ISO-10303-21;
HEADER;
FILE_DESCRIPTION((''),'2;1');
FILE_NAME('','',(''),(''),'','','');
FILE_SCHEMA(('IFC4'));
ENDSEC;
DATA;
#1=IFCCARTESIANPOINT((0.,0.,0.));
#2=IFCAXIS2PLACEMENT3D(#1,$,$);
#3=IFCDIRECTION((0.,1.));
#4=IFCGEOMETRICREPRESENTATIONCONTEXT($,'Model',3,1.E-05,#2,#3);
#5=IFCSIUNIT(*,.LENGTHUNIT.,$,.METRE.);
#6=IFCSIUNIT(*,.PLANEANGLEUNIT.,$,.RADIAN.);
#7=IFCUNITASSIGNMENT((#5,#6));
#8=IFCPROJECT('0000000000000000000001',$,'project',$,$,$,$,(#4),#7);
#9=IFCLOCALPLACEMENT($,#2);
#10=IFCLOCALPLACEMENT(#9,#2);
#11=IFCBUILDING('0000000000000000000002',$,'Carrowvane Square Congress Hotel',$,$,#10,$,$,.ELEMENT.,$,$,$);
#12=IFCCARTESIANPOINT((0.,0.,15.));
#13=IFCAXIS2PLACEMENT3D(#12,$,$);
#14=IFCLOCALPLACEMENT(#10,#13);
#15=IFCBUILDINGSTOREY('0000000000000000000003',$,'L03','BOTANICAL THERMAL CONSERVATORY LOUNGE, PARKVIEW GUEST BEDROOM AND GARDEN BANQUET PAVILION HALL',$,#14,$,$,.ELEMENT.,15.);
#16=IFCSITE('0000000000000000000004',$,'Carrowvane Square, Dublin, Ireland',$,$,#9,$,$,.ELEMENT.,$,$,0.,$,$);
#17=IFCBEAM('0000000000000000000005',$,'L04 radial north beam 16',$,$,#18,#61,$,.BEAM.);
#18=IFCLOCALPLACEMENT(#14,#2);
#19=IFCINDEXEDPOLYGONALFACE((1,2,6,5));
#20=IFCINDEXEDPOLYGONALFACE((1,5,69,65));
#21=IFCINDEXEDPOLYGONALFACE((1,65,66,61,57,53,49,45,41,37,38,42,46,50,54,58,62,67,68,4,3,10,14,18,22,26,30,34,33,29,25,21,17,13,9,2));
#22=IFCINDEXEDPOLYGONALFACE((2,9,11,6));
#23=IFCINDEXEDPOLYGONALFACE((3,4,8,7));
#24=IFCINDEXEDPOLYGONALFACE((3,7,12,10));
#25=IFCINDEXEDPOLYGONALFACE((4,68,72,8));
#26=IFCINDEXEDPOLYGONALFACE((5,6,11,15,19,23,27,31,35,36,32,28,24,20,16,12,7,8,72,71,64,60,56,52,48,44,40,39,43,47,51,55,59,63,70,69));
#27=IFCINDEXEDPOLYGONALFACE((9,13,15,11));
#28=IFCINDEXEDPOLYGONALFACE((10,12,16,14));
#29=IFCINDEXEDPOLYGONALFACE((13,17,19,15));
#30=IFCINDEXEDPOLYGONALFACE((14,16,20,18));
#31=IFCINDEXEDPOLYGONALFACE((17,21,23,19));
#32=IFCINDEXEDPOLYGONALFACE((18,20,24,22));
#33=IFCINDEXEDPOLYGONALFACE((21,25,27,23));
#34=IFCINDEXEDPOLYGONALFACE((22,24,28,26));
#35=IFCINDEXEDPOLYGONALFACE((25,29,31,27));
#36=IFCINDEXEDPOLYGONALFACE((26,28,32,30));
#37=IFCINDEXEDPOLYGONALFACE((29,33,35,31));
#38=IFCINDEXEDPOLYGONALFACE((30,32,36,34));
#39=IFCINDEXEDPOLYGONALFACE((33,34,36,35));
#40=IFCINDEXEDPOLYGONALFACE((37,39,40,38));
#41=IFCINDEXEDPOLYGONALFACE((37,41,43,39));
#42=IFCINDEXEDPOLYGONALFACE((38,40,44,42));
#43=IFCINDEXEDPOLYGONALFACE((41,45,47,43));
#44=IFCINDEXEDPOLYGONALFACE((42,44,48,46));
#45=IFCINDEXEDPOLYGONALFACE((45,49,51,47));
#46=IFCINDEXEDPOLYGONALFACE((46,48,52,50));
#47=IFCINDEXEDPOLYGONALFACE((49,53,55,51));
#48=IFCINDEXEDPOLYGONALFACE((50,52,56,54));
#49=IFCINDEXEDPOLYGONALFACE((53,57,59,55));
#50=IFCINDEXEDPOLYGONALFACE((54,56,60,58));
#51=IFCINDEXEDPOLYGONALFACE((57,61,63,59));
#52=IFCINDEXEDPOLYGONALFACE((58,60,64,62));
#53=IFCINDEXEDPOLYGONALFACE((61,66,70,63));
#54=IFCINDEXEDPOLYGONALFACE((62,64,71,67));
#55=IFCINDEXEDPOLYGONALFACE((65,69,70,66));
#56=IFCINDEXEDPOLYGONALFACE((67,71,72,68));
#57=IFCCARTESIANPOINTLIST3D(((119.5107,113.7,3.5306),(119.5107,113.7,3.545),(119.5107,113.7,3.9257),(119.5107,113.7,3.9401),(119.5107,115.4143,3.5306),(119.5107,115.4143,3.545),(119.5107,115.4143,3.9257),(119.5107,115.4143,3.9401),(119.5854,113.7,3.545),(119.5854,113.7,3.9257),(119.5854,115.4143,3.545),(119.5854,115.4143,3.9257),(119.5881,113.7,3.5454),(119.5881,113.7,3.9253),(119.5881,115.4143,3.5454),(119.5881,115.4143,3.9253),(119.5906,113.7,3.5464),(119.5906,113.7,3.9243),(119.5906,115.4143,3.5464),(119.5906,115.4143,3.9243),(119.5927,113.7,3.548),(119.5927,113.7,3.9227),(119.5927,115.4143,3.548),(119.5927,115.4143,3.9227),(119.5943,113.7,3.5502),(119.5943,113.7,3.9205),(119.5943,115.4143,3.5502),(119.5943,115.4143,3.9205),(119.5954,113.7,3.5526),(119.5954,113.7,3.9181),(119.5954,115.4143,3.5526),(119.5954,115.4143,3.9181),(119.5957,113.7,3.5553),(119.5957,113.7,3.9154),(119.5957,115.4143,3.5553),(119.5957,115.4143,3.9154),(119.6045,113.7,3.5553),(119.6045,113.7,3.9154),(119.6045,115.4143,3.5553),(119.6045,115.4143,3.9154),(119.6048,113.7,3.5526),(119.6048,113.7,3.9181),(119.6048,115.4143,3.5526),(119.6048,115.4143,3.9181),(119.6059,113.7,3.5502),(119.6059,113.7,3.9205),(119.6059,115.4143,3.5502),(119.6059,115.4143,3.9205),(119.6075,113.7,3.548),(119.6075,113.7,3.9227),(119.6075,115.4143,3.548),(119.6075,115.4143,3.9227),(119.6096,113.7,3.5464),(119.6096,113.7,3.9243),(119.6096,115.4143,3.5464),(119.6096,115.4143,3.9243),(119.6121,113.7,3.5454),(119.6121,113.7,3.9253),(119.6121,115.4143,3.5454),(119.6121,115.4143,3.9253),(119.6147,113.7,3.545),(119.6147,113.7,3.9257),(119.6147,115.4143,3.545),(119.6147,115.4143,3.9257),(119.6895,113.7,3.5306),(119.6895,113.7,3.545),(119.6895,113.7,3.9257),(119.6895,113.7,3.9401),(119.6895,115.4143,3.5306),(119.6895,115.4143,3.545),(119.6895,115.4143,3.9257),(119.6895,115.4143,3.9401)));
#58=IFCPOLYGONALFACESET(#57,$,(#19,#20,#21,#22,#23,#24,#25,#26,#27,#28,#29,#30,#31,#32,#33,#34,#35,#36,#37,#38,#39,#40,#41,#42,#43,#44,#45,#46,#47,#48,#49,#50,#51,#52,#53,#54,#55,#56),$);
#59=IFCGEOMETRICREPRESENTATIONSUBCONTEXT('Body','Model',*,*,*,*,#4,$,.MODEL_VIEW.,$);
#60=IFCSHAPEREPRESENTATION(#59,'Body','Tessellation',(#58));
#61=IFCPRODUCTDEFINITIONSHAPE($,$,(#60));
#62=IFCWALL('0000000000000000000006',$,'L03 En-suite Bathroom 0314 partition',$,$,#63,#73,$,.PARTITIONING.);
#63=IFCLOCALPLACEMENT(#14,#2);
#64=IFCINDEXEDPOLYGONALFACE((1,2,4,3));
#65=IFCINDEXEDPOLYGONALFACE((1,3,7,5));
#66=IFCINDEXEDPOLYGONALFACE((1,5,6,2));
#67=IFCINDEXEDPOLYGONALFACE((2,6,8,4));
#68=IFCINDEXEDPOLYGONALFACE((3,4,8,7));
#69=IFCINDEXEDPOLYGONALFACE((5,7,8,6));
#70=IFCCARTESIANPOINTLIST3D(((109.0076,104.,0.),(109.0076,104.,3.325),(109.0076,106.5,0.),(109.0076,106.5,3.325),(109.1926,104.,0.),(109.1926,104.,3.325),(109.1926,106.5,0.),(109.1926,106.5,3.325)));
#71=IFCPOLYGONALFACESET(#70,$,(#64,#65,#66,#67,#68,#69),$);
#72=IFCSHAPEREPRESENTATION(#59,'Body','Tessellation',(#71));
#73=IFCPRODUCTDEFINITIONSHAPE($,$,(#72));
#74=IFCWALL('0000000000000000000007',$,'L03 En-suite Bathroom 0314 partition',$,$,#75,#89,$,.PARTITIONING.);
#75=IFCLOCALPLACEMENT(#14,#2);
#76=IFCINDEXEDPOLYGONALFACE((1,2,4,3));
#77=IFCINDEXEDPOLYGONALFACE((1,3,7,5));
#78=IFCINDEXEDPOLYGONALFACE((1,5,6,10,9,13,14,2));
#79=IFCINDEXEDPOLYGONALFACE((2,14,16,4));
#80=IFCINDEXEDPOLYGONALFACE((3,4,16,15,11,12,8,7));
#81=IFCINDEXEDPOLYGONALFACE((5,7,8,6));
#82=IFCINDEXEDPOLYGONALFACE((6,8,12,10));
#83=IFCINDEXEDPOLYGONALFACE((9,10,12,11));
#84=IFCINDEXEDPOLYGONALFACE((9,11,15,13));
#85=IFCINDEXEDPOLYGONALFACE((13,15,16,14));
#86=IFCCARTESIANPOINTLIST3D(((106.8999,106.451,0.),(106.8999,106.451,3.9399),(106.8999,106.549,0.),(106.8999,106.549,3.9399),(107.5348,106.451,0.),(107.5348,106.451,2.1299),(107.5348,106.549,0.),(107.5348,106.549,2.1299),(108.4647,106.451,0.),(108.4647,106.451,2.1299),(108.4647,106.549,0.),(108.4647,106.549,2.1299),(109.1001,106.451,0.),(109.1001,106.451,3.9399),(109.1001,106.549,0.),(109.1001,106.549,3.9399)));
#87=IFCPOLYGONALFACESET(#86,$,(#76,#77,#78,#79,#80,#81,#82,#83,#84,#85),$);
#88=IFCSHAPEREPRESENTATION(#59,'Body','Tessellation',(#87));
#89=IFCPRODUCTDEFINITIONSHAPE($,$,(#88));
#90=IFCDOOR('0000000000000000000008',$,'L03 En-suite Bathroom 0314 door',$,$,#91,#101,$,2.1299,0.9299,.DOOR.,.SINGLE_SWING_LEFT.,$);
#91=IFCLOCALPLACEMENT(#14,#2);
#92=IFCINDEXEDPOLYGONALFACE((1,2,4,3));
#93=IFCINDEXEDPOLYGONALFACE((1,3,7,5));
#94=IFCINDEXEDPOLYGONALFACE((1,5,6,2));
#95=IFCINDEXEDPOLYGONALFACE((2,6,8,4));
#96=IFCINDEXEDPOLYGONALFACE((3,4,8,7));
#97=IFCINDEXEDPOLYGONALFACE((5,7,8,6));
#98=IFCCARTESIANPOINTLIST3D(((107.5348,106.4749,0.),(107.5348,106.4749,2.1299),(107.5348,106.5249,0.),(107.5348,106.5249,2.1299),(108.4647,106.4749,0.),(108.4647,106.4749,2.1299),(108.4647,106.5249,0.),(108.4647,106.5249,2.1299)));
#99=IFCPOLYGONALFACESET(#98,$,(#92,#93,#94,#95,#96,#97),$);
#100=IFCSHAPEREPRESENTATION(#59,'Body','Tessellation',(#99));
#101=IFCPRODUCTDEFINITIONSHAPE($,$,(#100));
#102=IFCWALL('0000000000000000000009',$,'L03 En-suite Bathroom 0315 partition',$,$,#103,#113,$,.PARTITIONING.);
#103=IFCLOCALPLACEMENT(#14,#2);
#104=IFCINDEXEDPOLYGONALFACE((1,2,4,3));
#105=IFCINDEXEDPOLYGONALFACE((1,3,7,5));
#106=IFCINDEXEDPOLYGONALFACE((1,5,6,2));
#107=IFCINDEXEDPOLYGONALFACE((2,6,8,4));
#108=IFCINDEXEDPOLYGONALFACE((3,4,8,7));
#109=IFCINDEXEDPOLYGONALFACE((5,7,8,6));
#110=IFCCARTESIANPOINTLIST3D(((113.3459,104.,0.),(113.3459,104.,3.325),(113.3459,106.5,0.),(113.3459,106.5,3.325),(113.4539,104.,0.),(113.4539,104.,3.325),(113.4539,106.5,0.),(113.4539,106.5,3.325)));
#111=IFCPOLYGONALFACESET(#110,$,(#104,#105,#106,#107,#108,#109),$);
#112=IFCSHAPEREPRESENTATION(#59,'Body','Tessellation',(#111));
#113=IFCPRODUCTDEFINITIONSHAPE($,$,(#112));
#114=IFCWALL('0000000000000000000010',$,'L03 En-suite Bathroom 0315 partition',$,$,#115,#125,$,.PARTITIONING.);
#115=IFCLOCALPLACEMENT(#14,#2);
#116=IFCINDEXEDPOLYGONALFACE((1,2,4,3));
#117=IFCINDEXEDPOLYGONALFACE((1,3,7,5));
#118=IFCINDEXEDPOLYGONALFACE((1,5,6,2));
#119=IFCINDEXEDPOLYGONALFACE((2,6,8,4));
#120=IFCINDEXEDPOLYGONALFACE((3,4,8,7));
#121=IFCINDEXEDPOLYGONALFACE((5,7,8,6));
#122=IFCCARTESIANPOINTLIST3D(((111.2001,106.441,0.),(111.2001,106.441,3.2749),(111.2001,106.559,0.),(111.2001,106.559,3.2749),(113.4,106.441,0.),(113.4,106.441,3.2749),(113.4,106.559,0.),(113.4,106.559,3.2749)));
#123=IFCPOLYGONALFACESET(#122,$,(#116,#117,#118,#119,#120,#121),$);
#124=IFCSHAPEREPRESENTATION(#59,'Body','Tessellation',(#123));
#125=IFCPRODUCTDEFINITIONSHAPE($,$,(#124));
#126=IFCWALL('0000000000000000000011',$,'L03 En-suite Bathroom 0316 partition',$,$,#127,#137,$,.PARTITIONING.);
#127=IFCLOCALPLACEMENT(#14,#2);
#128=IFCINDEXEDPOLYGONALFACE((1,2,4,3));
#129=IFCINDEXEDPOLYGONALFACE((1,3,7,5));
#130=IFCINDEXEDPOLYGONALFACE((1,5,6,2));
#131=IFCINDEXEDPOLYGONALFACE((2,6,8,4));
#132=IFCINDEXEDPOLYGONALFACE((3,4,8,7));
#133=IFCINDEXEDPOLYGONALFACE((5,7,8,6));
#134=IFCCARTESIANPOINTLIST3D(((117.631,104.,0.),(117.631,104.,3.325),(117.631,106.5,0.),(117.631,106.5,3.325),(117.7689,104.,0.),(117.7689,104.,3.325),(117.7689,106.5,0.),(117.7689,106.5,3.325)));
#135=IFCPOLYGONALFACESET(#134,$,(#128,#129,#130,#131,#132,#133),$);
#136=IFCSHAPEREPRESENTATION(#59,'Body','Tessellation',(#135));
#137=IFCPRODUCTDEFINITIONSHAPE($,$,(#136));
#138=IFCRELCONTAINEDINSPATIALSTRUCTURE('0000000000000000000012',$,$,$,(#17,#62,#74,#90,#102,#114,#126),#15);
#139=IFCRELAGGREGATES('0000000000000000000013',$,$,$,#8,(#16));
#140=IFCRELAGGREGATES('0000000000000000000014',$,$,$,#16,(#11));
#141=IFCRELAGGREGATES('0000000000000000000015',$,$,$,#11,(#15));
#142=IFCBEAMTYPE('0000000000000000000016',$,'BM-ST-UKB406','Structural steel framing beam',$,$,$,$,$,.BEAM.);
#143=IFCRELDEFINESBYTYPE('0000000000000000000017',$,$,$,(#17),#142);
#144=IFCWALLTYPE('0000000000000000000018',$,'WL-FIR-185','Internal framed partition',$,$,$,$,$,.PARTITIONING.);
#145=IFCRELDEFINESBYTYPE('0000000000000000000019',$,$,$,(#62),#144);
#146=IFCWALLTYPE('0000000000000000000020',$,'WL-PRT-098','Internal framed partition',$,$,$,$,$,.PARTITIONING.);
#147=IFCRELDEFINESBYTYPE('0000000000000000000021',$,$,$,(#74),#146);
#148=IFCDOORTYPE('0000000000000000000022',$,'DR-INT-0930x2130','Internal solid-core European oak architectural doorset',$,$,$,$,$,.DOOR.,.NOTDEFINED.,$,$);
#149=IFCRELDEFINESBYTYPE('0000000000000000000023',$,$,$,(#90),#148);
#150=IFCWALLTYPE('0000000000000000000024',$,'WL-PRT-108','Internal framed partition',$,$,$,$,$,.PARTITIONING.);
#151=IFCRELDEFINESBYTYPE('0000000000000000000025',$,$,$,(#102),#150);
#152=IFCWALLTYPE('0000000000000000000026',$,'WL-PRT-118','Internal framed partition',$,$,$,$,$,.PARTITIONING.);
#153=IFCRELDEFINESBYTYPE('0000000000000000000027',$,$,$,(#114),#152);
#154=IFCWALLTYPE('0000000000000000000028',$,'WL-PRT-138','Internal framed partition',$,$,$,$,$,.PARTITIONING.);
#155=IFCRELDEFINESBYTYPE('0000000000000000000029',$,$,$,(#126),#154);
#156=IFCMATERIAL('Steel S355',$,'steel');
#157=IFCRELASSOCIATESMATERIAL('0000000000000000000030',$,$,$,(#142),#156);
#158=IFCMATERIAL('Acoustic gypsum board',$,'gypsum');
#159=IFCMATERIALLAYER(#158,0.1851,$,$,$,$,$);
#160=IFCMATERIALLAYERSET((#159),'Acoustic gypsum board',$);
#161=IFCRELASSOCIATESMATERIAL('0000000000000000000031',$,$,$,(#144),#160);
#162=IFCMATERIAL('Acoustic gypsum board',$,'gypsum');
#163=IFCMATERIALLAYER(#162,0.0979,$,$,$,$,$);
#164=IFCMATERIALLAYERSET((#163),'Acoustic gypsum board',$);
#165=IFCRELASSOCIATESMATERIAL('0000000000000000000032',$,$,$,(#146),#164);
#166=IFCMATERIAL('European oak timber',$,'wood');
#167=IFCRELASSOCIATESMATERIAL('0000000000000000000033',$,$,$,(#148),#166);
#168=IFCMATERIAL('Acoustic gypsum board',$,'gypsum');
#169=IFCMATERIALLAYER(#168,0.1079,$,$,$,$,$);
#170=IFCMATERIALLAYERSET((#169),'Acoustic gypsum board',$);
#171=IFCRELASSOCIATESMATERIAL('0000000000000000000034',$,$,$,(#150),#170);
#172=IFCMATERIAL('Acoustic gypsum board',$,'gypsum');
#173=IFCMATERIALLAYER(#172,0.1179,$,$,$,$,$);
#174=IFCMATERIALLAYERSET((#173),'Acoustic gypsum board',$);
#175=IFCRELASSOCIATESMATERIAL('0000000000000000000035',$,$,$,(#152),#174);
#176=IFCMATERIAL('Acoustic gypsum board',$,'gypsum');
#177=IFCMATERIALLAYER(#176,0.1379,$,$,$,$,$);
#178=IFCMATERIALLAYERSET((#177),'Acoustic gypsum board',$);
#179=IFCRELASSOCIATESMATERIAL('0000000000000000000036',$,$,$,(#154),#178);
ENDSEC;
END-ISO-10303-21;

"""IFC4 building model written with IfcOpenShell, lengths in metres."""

from ifc_helpers import new_model, si_unit, direction, frame, frame_2d, origin, origin_2d, place, context, subcontext, project, spatial, rectangle, i_section, extrude, material, layer, layer_set, material_profile, profile_set, type_object, element, fill, save


model = new_model("IFC4")

# Units and contexts
model_context = context("Model", 3, precision=1e-05, world=origin(), true_north=direction((0.0, 1.0)))
body_context = subcontext(model_context, "Body", "Model", "MODEL_VIEW")
ifc_project = project(units=[si_unit("LENGTHUNIT", "METRE"), si_unit("PLANEANGLEUNIT", "RADIAN")], contexts=[model_context])

# Site, building, storey
site_placement = place(None, origin())
site = spatial("IfcSite", under=ifc_project, at=site_placement, Name="Carrowvane Square, Dublin, Ireland", CompositionType="ELEMENT", RefElevation=0.0)
building_placement = place(site_placement, origin())
building = spatial("IfcBuilding", under=site, at=building_placement, Name="Carrowvane Square Congress Hotel", CompositionType="ELEMENT")
storey_placement = place(building_placement, frame((0.0, 0.0, 15.0)))
storey = spatial("IfcBuildingStorey", under=building, at=storey_placement, Name="L03", Description="BOTANICAL THERMAL CONSERVATORY LOUNGE, PARKVIEW GUEST BEDROOM AND GARDEN BANQUET PAVILION HALL", CompositionType="ELEMENT", Elevation=15.0)

# Beam
ifc_material_1 = material(Name="Steel S355", Category="steel")
ifc_material_profile_1 = material_profile(ifc_material_1, i_section(OverallWidth=0.1787, OverallDepth=0.4094, WebThickness=0.0088, FlangeThickness=0.0144, FilletRadius=0.0103, at=origin_2d()), Name="UKB 406x178x67")
ifc_profile_set_1 = profile_set([ifc_material_profile_1], Name="Steel S355")
beam_type_1 = type_object("IfcBeamType", Name="BM-ST-UKB406", Description="Structural steel framing beam", PredefinedType="BEAM", material=ifc_profile_set_1)
beam_1_placement = place(storey_placement, frame((119.6001, 113.7, 3.7354), z_axis=(0.0, 1.0, 0.0), x_axis=(-1.0, 0.0, 0.0)))
element("IfcBeam", 1, at=beam_1_placement, inside=storey, type_object=beam_type_1, Name="L04 radial north beam 16", PredefinedType="BEAM", context=body_context, shape_type="SweptSolid", body=[
    extrude(i_section(OverallWidth=0.1787, OverallDepth=0.4094, WebThickness=0.0088, FlangeThickness=0.0144, FilletRadius=0.0103, at=origin_2d()), origin(), (0.0, 0.0, 1.0), 1.7144),
])

# Wall
ifc_material_2 = material(Name="Acoustic gypsum board", Category="gypsum")
ifc_layer_1 = layer(ifc_material_2, 0.1851)
ifc_layer_set_1 = layer_set([ifc_layer_1], Name="Acoustic gypsum board")
wall_type_1 = type_object("IfcWallType", Name="WL-FIR-185", Description="Internal framed partition", PredefinedType="PARTITIONING", material=ifc_layer_set_1)
wall_1_placement = place(storey_placement, frame((109.1001, 106.5, 0.0), z_axis=(0.0, 0.0, 1.0), x_axis=(0.0, -1.0, 0.0)))
element("IfcWall", 2, at=wall_1_placement, inside=storey, type_object=wall_type_1, Name="L03 En-suite Bathroom 0314 partition", PredefinedType="PARTITIONING", context=body_context, shape_type="SweptSolid", body=[
    extrude(rectangle(XDim=2.5, YDim=0.1851, at=frame_2d((1.25, 0.0))), origin(), (0.0, 0.0, 1.0), 3.325),
])

# Wall, opening, door
ifc_material_3 = material(Name="Acoustic gypsum board", Category="gypsum")
ifc_layer_2 = layer(ifc_material_3, 0.0979)
ifc_layer_set_2 = layer_set([ifc_layer_2], Name="Acoustic gypsum board")
wall_type_2 = type_object("IfcWallType", Name="WL-PRT-098", Description="Internal framed partition", PredefinedType="PARTITIONING", material=ifc_layer_set_2)
wall_2_placement = place(storey_placement, frame((106.8999, 106.5, 0.0), z_axis=(0.0, 0.0, 1.0), x_axis=(1.0, 0.0, 0.0)))
wall_2 = element("IfcWall", 3, at=wall_2_placement, inside=storey, type_object=wall_type_2, Name="L03 En-suite Bathroom 0314 partition", PredefinedType="PARTITIONING", context=body_context, shape_type="SweptSolid", body=[
    extrude(rectangle(XDim=2.2002, YDim=0.0979, at=frame_2d((1.1001, 0.0))), origin(), (0.0, 0.0, 1.0), 3.9399),
])
opening_1_placement = place(wall_2_placement, frame((0.635, 0.0, 0.0)))
opening_1 = element("IfcOpeningElement", 4, at=opening_1_placement, cuts=wall_2, PredefinedType="OPENING", context=body_context, shape_type="SweptSolid", body=[
    extrude(rectangle(XDim=0.9299, YDim=2.1299, at=frame_2d((0.4648, 1.0649))), frame((0.0, 0.0588, 0.0), z_axis=(0.0, -1.0, 0.0), x_axis=(1.0, 0.0, 0.0)), (0.0, 0.0, 1.0), 0.1179),
])
ifc_material_4 = material(Name="European oak timber", Category="wood")
door_type_1 = type_object("IfcDoorType", Name="DR-INT-0930x2130", Description="Internal solid-core European oak architectural doorset", OperationType="NOTDEFINED", PredefinedType="DOOR", material=ifc_material_4)
door_1_placement = place(opening_1_placement, origin())
door_1 = element("IfcDoor", 5, at=door_1_placement, inside=storey, type_object=door_type_1, Name="L03 En-suite Bathroom 0314 door", OperationType="SINGLE_SWING_LEFT", OverallHeight=2.1299, OverallWidth=0.9299, PredefinedType="DOOR", context=body_context, shape_type="SweptSolid", body=[
    extrude(rectangle(XDim=0.9299, YDim=2.1299, at=frame_2d((0.4648, 1.0649))), frame((0.0, 0.0249, 0.0), z_axis=(0.0, -1.0, 0.0), x_axis=(1.0, 0.0, 0.0)), (0.0, 0.0, 1.0), 0.05),
])
fill(opening_1, door_1)

# Walls
ifc_material_5 = material(Name="Acoustic gypsum board", Category="gypsum")
ifc_layer_3 = layer(ifc_material_5, 0.1079)
ifc_layer_set_3 = layer_set([ifc_layer_3], Name="Acoustic gypsum board")
wall_type_3 = type_object("IfcWallType", Name="WL-PRT-108", Description="Internal framed partition", PredefinedType="PARTITIONING", material=ifc_layer_set_3)
wall_3_placement = place(storey_placement, frame((113.3999, 106.5, 0.0), z_axis=(0.0, 0.0, 1.0), x_axis=(0.0, -1.0, 0.0)))
element("IfcWall", 6, at=wall_3_placement, inside=storey, type_object=wall_type_3, Name="L03 En-suite Bathroom 0315 partition", PredefinedType="PARTITIONING", context=body_context, shape_type="SweptSolid", body=[
    extrude(rectangle(XDim=2.5, YDim=0.1079, at=frame_2d((1.25, 0.0))), origin(), (0.0, 0.0, 1.0), 3.325),
])
ifc_material_6 = material(Name="Acoustic gypsum board", Category="gypsum")
ifc_layer_4 = layer(ifc_material_6, 0.1179)
ifc_layer_set_4 = layer_set([ifc_layer_4], Name="Acoustic gypsum board")
wall_type_4 = type_object("IfcWallType", Name="WL-PRT-118", Description="Internal framed partition", PredefinedType="PARTITIONING", material=ifc_layer_set_4)
wall_4_placement = place(storey_placement, frame((111.2, 106.5, 0.0), z_axis=(0.0, 0.0, 1.0), x_axis=(1.0, 0.0, 0.0)))
element("IfcWall", 7, at=wall_4_placement, inside=storey, type_object=wall_type_4, Name="L03 En-suite Bathroom 0315 partition", PredefinedType="PARTITIONING", context=body_context, shape_type="SweptSolid", body=[
    extrude(rectangle(XDim=2.2, YDim=0.1179, at=frame_2d((1.1001, 0.0))), origin(), (0.0, 0.0, 1.0), 3.2749),
])
ifc_material_7 = material(Name="Acoustic gypsum board", Category="gypsum")
ifc_layer_5 = layer(ifc_material_7, 0.1379)
ifc_layer_set_5 = layer_set([ifc_layer_5], Name="Acoustic gypsum board")
wall_type_5 = type_object("IfcWallType", Name="WL-PRT-138", Description="Internal framed partition", PredefinedType="PARTITIONING", material=ifc_layer_set_5)
wall_5_placement = place(storey_placement, frame((117.7, 106.5, 0.0), z_axis=(0.0, 0.0, 1.0), x_axis=(0.0, -1.0, 0.0)))
element("IfcWall", 8, at=wall_5_placement, inside=storey, type_object=wall_type_5, Name="L03 En-suite Bathroom 0316 partition", PredefinedType="PARTITIONING", context=body_context, shape_type="SweptSolid", body=[
    extrude(rectangle(XDim=2.5, YDim=0.1379, at=frame_2d((1.25, 0.0))), origin(), (0.0, 0.0, 1.0), 3.325),
])

save(model, "model.ifc")
